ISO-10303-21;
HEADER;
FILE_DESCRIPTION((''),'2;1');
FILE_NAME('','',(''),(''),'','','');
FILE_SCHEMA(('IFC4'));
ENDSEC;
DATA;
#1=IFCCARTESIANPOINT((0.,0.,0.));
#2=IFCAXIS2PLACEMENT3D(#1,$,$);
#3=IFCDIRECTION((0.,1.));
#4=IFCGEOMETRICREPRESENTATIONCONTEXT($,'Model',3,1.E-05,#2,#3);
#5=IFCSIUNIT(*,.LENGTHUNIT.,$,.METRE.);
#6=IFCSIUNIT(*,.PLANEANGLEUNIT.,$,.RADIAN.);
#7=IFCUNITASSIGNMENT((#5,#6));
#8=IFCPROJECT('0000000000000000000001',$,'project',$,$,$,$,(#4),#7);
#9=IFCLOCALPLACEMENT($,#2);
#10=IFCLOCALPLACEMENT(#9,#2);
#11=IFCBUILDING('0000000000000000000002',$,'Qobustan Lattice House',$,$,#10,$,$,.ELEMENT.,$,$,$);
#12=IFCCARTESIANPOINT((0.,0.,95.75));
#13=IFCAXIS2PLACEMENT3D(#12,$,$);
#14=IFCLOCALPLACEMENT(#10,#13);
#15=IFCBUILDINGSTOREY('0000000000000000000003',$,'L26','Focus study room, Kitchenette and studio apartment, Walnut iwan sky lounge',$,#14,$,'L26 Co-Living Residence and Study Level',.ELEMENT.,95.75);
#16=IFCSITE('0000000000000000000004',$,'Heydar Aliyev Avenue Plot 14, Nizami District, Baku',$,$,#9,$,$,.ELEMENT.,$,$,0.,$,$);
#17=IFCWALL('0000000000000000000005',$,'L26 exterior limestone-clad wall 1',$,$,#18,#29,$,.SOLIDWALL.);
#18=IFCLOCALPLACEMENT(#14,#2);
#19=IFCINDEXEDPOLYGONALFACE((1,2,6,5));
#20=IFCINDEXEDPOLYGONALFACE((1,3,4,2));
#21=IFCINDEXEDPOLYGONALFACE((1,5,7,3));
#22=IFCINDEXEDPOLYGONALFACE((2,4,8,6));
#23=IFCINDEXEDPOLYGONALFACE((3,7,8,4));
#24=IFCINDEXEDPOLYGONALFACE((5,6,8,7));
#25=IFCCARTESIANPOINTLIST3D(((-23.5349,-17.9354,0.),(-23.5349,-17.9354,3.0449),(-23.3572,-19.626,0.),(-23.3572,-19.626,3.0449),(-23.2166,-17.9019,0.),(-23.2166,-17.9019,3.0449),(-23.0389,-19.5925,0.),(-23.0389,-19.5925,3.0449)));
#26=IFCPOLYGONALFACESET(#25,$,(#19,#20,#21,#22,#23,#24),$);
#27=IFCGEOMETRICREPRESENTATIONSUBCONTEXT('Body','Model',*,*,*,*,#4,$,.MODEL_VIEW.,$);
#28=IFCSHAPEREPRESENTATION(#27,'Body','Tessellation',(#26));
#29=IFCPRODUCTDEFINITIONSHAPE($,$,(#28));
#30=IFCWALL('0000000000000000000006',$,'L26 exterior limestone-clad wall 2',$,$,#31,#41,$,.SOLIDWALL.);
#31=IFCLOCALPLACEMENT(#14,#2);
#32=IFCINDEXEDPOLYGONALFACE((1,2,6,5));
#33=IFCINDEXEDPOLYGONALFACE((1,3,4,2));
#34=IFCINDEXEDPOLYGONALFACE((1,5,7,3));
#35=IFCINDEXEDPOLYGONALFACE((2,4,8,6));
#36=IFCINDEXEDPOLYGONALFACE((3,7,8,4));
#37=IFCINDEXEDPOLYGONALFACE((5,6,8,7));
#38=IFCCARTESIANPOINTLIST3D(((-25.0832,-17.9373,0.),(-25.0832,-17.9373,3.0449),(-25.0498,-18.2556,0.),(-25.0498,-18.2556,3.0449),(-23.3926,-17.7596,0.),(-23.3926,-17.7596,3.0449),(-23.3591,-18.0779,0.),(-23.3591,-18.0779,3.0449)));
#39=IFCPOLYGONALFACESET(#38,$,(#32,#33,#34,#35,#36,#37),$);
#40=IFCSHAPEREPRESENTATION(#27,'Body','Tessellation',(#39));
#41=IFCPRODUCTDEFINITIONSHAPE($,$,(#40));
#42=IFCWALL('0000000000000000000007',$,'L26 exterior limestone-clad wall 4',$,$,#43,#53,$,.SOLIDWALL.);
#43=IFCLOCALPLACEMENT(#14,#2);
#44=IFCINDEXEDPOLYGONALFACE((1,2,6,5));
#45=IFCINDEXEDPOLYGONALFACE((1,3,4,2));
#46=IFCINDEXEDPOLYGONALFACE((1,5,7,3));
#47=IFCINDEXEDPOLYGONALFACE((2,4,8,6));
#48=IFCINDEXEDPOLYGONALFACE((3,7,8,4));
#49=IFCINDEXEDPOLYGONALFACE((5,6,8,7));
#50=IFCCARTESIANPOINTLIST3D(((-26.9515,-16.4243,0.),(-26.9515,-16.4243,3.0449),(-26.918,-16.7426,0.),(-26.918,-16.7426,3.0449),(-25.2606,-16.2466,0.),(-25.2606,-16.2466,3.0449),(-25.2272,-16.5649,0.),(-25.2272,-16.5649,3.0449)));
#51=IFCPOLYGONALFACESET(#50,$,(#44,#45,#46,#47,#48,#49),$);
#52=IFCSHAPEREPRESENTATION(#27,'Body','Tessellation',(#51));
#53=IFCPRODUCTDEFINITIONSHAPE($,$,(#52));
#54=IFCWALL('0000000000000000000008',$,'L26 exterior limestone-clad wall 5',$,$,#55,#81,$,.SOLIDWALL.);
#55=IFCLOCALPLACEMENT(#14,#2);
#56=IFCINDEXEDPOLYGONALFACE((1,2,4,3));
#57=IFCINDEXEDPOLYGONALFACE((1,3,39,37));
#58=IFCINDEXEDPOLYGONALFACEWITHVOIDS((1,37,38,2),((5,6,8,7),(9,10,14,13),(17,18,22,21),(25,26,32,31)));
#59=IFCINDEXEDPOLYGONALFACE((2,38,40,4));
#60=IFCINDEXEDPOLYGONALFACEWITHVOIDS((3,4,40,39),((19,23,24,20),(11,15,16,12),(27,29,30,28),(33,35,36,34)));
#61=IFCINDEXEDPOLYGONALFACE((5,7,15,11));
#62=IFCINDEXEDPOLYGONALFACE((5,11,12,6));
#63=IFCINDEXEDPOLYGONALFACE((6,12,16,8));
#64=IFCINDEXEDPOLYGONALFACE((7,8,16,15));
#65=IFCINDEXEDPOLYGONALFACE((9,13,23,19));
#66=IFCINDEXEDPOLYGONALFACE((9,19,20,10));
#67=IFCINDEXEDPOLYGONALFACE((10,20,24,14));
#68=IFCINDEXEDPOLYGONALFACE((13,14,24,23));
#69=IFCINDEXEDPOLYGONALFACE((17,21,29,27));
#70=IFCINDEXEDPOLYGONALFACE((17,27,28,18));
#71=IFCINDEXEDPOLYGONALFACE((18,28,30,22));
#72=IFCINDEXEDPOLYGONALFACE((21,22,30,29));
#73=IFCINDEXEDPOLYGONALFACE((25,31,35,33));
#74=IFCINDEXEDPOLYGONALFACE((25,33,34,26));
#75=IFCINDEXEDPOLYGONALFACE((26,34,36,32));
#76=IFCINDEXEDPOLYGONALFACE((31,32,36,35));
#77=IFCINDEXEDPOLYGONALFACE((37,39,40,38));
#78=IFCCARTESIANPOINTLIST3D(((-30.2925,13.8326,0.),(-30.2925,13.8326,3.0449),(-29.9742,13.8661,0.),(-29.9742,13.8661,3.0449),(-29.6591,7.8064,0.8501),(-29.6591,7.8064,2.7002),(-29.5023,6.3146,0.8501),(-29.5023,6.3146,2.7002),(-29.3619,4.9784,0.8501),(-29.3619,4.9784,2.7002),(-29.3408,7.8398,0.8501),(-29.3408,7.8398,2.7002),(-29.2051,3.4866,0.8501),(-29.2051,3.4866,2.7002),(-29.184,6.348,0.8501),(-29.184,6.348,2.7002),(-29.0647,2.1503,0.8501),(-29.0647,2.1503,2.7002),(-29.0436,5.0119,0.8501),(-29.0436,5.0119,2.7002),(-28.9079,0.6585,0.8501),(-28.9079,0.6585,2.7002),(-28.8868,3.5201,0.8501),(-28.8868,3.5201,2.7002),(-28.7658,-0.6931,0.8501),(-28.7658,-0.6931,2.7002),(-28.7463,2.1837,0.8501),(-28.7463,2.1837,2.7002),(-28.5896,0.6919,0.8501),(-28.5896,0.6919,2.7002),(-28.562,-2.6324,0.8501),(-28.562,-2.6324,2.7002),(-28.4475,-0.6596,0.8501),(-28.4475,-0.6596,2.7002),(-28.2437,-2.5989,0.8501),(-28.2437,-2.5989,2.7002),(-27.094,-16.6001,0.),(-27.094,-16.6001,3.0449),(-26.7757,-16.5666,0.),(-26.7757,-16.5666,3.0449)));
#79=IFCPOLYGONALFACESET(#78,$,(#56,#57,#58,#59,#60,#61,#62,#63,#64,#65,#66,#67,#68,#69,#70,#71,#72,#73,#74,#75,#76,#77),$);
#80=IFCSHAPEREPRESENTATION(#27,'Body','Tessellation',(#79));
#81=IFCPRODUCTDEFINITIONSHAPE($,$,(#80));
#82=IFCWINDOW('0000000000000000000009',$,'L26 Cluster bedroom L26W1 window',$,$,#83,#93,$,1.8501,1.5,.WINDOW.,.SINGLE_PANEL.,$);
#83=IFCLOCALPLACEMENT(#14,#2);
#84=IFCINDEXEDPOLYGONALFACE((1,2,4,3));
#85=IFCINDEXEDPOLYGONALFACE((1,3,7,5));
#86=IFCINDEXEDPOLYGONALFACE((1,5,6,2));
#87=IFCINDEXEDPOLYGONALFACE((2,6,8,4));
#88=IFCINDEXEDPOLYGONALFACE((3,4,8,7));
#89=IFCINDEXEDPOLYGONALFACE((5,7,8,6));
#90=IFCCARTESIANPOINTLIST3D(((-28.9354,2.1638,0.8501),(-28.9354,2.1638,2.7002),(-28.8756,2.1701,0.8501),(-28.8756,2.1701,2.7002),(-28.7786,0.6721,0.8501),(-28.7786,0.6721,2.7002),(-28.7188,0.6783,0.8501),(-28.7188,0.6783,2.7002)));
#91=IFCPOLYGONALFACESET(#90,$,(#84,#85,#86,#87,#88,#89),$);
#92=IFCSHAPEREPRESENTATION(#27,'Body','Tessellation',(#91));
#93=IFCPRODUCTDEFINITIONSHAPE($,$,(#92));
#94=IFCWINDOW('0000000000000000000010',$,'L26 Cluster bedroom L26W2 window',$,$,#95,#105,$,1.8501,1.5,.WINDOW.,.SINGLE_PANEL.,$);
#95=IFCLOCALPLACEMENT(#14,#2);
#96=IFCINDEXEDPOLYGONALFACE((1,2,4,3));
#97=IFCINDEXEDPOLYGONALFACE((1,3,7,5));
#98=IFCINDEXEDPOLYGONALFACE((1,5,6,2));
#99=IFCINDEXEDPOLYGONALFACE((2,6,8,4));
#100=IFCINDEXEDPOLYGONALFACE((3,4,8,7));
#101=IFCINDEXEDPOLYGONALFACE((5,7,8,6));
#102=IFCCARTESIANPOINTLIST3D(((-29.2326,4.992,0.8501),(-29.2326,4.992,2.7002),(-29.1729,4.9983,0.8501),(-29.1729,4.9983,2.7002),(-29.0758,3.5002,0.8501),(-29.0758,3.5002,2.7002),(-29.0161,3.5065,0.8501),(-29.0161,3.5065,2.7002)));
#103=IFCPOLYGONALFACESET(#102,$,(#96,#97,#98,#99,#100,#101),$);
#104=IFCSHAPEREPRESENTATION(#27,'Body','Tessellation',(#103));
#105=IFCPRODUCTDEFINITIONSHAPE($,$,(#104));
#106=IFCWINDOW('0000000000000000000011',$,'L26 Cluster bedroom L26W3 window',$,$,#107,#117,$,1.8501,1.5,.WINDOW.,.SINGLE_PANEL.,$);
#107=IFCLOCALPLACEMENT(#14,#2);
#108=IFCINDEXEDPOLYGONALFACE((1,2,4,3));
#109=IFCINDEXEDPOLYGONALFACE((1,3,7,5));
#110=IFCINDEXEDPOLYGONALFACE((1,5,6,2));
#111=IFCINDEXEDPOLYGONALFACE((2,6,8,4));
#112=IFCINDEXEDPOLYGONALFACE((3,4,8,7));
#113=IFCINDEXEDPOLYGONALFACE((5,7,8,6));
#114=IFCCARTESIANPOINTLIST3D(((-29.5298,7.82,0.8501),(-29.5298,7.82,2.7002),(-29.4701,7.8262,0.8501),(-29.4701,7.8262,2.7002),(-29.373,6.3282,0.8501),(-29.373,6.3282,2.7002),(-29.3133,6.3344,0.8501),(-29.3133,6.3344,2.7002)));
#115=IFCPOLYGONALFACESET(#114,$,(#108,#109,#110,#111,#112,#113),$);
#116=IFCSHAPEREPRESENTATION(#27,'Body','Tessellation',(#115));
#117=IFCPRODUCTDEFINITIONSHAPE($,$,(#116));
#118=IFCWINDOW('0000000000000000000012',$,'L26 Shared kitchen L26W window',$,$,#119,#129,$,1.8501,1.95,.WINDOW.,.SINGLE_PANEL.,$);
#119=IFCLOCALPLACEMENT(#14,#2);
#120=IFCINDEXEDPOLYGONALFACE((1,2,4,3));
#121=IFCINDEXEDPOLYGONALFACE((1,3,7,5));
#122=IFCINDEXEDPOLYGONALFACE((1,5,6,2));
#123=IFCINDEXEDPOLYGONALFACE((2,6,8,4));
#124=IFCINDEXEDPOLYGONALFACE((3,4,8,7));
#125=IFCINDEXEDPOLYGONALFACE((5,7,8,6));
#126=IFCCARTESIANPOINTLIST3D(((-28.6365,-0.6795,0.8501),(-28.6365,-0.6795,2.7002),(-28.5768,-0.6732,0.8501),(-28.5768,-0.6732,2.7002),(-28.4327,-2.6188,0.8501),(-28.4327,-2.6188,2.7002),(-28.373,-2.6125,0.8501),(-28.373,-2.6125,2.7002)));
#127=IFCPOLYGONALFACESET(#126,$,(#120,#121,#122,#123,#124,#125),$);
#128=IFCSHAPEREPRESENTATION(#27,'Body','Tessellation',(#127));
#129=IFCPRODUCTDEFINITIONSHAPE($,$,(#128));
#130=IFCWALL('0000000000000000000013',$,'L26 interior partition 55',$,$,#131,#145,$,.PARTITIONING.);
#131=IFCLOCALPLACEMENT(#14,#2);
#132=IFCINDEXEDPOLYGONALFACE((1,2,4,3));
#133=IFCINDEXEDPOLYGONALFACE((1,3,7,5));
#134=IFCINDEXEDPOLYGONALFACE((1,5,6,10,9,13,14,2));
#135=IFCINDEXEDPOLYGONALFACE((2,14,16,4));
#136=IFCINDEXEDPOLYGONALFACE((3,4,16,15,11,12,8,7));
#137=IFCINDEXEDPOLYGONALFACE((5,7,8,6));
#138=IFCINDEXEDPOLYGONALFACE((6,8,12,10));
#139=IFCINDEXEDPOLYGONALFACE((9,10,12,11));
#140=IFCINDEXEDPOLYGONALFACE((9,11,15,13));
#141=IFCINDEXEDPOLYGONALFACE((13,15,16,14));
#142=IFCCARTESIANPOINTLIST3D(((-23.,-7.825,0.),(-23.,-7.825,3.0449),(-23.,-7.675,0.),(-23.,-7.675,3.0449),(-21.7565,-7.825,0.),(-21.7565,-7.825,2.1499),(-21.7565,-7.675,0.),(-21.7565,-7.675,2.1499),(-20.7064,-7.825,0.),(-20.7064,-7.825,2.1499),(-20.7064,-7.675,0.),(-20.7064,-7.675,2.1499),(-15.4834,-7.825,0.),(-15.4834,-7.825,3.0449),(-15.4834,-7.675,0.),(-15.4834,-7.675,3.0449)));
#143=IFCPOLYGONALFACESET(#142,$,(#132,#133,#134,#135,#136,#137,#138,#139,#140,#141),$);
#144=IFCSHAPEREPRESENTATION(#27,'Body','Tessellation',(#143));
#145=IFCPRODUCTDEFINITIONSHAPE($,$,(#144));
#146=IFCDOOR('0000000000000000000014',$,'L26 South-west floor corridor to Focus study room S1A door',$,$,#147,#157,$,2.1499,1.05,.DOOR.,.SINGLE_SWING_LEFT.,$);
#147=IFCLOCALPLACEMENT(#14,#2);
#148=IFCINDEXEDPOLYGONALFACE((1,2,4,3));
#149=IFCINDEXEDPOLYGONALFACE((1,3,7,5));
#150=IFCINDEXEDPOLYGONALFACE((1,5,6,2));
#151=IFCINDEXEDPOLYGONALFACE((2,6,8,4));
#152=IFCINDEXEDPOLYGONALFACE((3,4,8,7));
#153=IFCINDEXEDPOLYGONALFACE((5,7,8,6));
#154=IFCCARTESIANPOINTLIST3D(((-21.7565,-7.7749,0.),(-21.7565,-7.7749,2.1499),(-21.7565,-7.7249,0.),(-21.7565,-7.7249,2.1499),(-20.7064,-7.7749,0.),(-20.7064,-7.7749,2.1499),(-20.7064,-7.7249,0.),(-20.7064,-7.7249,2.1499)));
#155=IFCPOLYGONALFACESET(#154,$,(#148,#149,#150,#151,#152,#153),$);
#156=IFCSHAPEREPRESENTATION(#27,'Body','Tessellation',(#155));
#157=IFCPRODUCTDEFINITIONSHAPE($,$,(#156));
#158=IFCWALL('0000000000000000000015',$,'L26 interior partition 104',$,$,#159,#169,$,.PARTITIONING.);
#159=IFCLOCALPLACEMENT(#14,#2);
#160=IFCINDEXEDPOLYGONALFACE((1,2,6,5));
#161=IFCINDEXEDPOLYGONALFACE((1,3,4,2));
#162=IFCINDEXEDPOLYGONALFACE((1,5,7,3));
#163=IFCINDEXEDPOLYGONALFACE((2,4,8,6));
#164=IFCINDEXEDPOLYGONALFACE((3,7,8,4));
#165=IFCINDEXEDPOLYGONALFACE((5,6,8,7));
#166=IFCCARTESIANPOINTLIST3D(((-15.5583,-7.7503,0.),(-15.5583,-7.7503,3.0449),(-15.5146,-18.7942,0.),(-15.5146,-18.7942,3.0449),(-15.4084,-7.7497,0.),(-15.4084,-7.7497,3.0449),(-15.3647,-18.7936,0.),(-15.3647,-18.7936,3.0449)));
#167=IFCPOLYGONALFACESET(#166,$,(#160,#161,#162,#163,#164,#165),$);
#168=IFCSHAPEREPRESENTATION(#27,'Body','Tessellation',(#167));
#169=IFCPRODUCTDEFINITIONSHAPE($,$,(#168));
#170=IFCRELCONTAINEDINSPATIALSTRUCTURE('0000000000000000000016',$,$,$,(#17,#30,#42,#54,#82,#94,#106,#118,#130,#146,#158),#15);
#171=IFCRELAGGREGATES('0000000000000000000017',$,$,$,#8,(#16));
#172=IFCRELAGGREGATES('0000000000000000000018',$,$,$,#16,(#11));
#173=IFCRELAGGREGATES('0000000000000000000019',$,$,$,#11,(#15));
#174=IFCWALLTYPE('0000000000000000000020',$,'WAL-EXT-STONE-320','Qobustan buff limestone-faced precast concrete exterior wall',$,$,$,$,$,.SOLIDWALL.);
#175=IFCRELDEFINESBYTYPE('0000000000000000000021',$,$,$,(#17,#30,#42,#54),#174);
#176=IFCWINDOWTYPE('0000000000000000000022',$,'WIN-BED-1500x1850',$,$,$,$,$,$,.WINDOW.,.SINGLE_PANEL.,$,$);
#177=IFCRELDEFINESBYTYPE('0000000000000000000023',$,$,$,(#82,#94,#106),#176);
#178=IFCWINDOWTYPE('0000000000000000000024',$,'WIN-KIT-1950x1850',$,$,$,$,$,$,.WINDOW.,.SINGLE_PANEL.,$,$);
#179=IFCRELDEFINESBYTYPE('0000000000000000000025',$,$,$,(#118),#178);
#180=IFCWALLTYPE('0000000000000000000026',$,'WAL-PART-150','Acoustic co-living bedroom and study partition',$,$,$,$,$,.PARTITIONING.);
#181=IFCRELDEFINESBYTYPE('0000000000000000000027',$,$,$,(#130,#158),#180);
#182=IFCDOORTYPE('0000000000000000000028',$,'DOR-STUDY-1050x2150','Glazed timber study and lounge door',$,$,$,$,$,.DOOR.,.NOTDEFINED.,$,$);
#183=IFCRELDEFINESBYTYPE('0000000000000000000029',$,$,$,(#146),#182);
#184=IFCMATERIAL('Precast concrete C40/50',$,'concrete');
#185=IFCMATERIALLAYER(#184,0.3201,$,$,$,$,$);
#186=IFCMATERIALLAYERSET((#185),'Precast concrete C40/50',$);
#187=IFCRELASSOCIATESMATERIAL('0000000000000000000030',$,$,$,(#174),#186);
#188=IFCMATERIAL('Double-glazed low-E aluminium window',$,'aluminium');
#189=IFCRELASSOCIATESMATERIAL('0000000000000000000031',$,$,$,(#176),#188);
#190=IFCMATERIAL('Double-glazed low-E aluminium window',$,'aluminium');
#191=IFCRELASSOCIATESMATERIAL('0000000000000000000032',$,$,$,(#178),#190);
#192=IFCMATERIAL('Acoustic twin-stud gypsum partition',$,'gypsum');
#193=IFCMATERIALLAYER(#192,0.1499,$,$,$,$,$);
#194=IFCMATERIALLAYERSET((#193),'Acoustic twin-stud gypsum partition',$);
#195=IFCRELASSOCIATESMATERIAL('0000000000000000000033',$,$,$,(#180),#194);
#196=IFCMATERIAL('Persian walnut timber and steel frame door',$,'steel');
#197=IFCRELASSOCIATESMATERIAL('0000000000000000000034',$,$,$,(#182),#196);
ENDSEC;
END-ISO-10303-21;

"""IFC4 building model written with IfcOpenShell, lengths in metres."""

from ifc_helpers import new_model, si_unit, direction, frame, frame_2d, origin, place, context, subcontext, project, spatial, rectangle, extrude, material, layer, layer_set, type_object, element, fill, save


model = new_model("IFC4")

# Units and contexts
model_context = context("Model", 3, precision=1e-05, world=origin(), true_north=direction((0.0, 1.0)))
body_context = subcontext(model_context, "Body", "Model", "MODEL_VIEW")
ifc_project = project(units=[si_unit("LENGTHUNIT", "METRE"), si_unit("PLANEANGLEUNIT", "RADIAN")], contexts=[model_context])

# Site, building, storey
site_placement = place(None, origin())
site = spatial("IfcSite", under=ifc_project, at=site_placement, Name="Heydar Aliyev Avenue Plot 14, Nizami District, Baku", CompositionType="ELEMENT", RefElevation=0.0)
building_placement = place(site_placement, origin())
building = spatial("IfcBuilding", under=site, at=building_placement, Name="Qobustan Lattice House", CompositionType="ELEMENT")
storey_placement = place(building_placement, frame((0.0, 0.0, 95.75)))
storey = spatial("IfcBuildingStorey", under=building, at=storey_placement, Name="L26", Description="Focus study room, Kitchenette and studio apartment, Walnut iwan sky lounge", LongName="L26 Co-Living Residence and Study Level", CompositionType="ELEMENT", Elevation=95.75)

# Walls
ifc_material_1 = material(Name="Precast concrete C40/50", Category="concrete")
ifc_layer_1 = layer(ifc_material_1, 0.3201)
ifc_layer_set_1 = layer_set([ifc_layer_1], Name="Precast concrete C40/50")
wall_type_1 = type_object("IfcWallType", Name="WAL-EXT-STONE-320", Description="Qobustan buff limestone-faced precast concrete exterior wall", PredefinedType="SOLIDWALL", material=ifc_layer_set_1)
for number, where, z_axis, x_axis, name in (
    (1, (-23.198, -19.6094, 0.0), (0.0, 0.0, 1.0), (-0.10455, 0.99452, 0.0), "L26 exterior limestone-clad wall 1"),
    (2, (-23.3757, -17.9187, 0.0), (0.0, 0.0, 1.0), (-0.99452, -0.10455, 0.0), "L26 exterior limestone-clad wall 2"),
):
    element("IfcWall", number, at=place(storey_placement, frame(where, z_axis=z_axis, x_axis=x_axis)), inside=storey, type_object=wall_type_1, Name=name, PredefinedType="SOLIDWALL", context=body_context, shape_type="SweptSolid", body=[
        extrude(rectangle(XDim=1.7, YDim=0.3201, at=frame_2d((0.8501, 0.0))), origin(), (0.0, 0.0, 1.0), 3.0449),
    ])
wall_1_placement = place(storey_placement, frame((-25.2439, -16.4058, 0.0), z_axis=(0.0, 0.0, 1.0), x_axis=(-0.994521, -0.104535, 0.0)))
element("IfcWall", 3, at=wall_1_placement, inside=storey, type_object=wall_type_1, Name="L26 exterior limestone-clad wall 4", PredefinedType="SOLIDWALL", context=body_context, shape_type="SweptSolid", body=[
    extrude(rectangle(XDim=1.7002, YDim=0.3201, at=frame_2d((0.8501, 0.0))), origin(), (0.0, 0.0, 1.0), 3.0449),
])

# Wall, openings, windows
wall_2_placement = place(storey_placement, frame((-26.9348, -16.5835, 0.0), z_axis=(0.0, 0.0, 1.0), x_axis=(-0.104525, 0.994522, 0.0)))
wall_2 = element("IfcWall", 4, at=wall_2_placement, inside=storey, type_object=wall_type_1, Name="L26 exterior limestone-clad wall 5", PredefinedType="SOLIDWALL", context=body_context, shape_type="SweptSolid", body=[
    extrude(rectangle(XDim=30.6003, YDim=0.3201, at=frame_2d((15.3003, 0.0))), origin(), (0.0, 0.0, 1.0), 3.0449),
])
opening_1_placement = place(wall_2_placement, frame((14.0447, 0.0, 0.8501)))
opening_1 = element("IfcOpeningElement", 5, at=opening_1_placement, cuts=wall_2, PredefinedType="OPENING", context=body_context, shape_type="SweptSolid", body=[
    extrude(rectangle(XDim=1.95, YDim=1.8501, at=frame_2d((0.9751, 0.925))), frame((0.0, 0.1699, 0.0), z_axis=(0.0, -1.0, 0.0), x_axis=(1.0, 0.0, 0.0)), (0.0, 0.0, 1.0), 0.3401),
])
opening_2_placement = place(wall_2_placement, frame((17.3538, 0.0, 0.8501)))
opening_2 = element("IfcOpeningElement", 6, at=opening_2_placement, cuts=wall_2, PredefinedType="OPENING", context=body_context, shape_type="SweptSolid", body=[
    extrude(rectangle(XDim=1.5, YDim=1.8501, at=frame_2d((0.75, 0.925))), frame((0.0, 0.1699, 0.0), z_axis=(0.0, -1.0, 0.0), x_axis=(1.0, 0.0, 0.0)), (0.0, 0.0, 1.0), 0.3401),
])
opening_3_placement = place(wall_2_placement, frame((20.1975, 0.0, 0.8501)))
opening_3 = element("IfcOpeningElement", 7, at=opening_3_placement, cuts=wall_2, PredefinedType="OPENING", context=body_context, shape_type="SweptSolid", body=[
    extrude(rectangle(XDim=1.5, YDim=1.8501, at=frame_2d((0.75, 0.925))), frame((0.0, 0.1699, 0.0), z_axis=(0.0, -1.0, 0.0), x_axis=(1.0, 0.0, 0.0)), (0.0, 0.0, 1.0), 0.3401),
])
opening_4_placement = place(wall_2_placement, frame((23.041, 0.0, 0.8501)))
opening_4 = element("IfcOpeningElement", 8, at=opening_4_placement, cuts=wall_2, PredefinedType="OPENING", context=body_context, shape_type="SweptSolid", body=[
    extrude(rectangle(XDim=1.5, YDim=1.8501, at=frame_2d((0.75, 0.925))), frame((0.0, 0.1699, 0.0), z_axis=(0.0, -1.0, 0.0), x_axis=(1.0, 0.0, 0.0)), (0.0, 0.0, 1.0), 0.3401),
])
ifc_material_2 = material(Name="Double-glazed low-E aluminium window", Category="aluminium")
window_type_1 = type_object("IfcWindowType", Name="WIN-BED-1500x1850", PartitioningType="SINGLE_PANEL", PredefinedType="WINDOW", material=ifc_material_2)
window_1_placement = place(opening_2_placement, origin())
window_1 = element("IfcWindow", 9, at=window_1_placement, inside=storey, type_object=window_type_1, Name="L26 Cluster bedroom L26W1 window", OverallHeight=1.8501, OverallWidth=1.5, PartitioningType="SINGLE_PANEL", PredefinedType="WINDOW", context=body_context, shape_type="SweptSolid", body=[
    extrude(rectangle(XDim=1.5, YDim=1.8501, at=frame_2d((0.75, 0.925))), frame((0.0, 0.03, 0.0), z_axis=(0.0, -1.0, 0.0), x_axis=(1.0, 0.0, 0.0)), (0.0, 0.0, 1.0), 0.0601),
])
fill(opening_2, window_1)
window_2_placement = place(opening_3_placement, origin())
window_2 = element("IfcWindow", 10, at=window_2_placement, inside=storey, type_object=window_type_1, Name="L26 Cluster bedroom L26W2 window", OverallHeight=1.8501, OverallWidth=1.5, PartitioningType="SINGLE_PANEL", PredefinedType="WINDOW", context=body_context, shape_type="SweptSolid", body=[
    extrude(rectangle(XDim=1.5, YDim=1.8501, at=frame_2d((0.75, 0.925))), frame((0.0, 0.03, 0.0), z_axis=(0.0, -1.0, 0.0), x_axis=(1.0, 0.0, 0.0)), (0.0, 0.0, 1.0), 0.0601),
])
fill(opening_3, window_2)
window_3_placement = place(opening_4_placement, origin())
window_3 = element("IfcWindow", 11, at=window_3_placement, inside=storey, type_object=window_type_1, Name="L26 Cluster bedroom L26W3 window", OverallHeight=1.8501, OverallWidth=1.5, PartitioningType="SINGLE_PANEL", PredefinedType="WINDOW", context=body_context, shape_type="SweptSolid", body=[
    extrude(rectangle(XDim=1.5, YDim=1.8501, at=frame_2d((0.75, 0.925))), frame((0.0, 0.03, 0.0), z_axis=(0.0, -1.0, 0.0), x_axis=(1.0, 0.0, 0.0)), (0.0, 0.0, 1.0), 0.0601),
])
fill(opening_4, window_3)
ifc_material_3 = material(Name="Double-glazed low-E aluminium window", Category="aluminium")
window_type_2 = type_object("IfcWindowType", Name="WIN-KIT-1950x1850", PartitioningType="SINGLE_PANEL", PredefinedType="WINDOW", material=ifc_material_3)
window_4_placement = place(opening_1_placement, origin())
window_4 = element("IfcWindow", 12, at=window_4_placement, inside=storey, type_object=window_type_2, Name="L26 Shared kitchen L26W window", OverallHeight=1.8501, OverallWidth=1.95, PartitioningType="SINGLE_PANEL", PredefinedType="WINDOW", context=body_context, shape_type="SweptSolid", body=[
    extrude(rectangle(XDim=1.95, YDim=1.8501, at=frame_2d((0.9751, 0.925))), frame((0.0, 0.03, 0.0), z_axis=(0.0, -1.0, 0.0), x_axis=(1.0, 0.0, 0.0)), (0.0, 0.0, 1.0), 0.0601),
])
fill(opening_1, window_4)

# Wall, opening, door
ifc_material_4 = material(Name="Acoustic twin-stud gypsum partition", Category="gypsum")
ifc_layer_2 = layer(ifc_material_4, 0.1499)
ifc_layer_set_2 = layer_set([ifc_layer_2], Name="Acoustic twin-stud gypsum partition")
wall_type_2 = type_object("IfcWallType", Name="WAL-PART-150", Description="Acoustic co-living bedroom and study partition", PredefinedType="PARTITIONING", material=ifc_layer_set_2)
wall_3_placement = place(storey_placement, frame((-15.4834, -7.75, 0.0), z_axis=(0.0, 0.0, 1.0), x_axis=(-1.0, 0.0, 0.0)))
wall_3 = element("IfcWall", 13, at=wall_3_placement, inside=storey, type_object=wall_type_2, Name="L26 interior partition 55", PredefinedType="PARTITIONING", context=body_context, shape_type="SweptSolid", body=[
    extrude(rectangle(XDim=7.5166, YDim=0.1499, at=frame_2d((3.7583, 0.0))), origin(), (0.0, 0.0, 1.0), 3.0449),
])
opening_5_placement = place(wall_3_placement, frame((5.2231, 0.0, 0.0)))
opening_5 = element("IfcOpeningElement", 14, at=opening_5_placement, cuts=wall_3, PredefinedType="OPENING", context=body_context, shape_type="SweptSolid", body=[
    extrude(rectangle(XDim=1.05, YDim=2.1499, at=frame_2d((0.5249, 1.075))), frame((0.0, 0.085, 0.0), z_axis=(0.0, -1.0, 0.0), x_axis=(1.0, 0.0, 0.0)), (0.0, 0.0, 1.0), 0.1699),
])
ifc_material_5 = material(Name="Persian walnut timber and steel frame door", Category="steel")
door_type = type_object("IfcDoorType", Name="DOR-STUDY-1050x2150", Description="Glazed timber study and lounge door", OperationType="NOTDEFINED", PredefinedType="DOOR", material=ifc_material_5)
door_placement = place(opening_5_placement, origin())
door = element("IfcDoor", 15, at=door_placement, inside=storey, type_object=door_type, Name="L26 South-west floor corridor to Focus study room S1A door", OperationType="SINGLE_SWING_LEFT", OverallHeight=2.1499, OverallWidth=1.05, PredefinedType="DOOR", context=body_context, shape_type="SweptSolid", body=[
    extrude(rectangle(XDim=1.05, YDim=2.1499, at=frame_2d((0.5249, 1.075))), frame((0.0, 0.0249, 0.0), z_axis=(0.0, -1.0, 0.0), x_axis=(1.0, 0.0, 0.0)), (0.0, 0.0, 1.0), 0.05),
])
fill(opening_5, door)

# Wall
wall_4_placement = place(storey_placement, frame((-15.4834, -7.75, 0.0), z_axis=(0.0, 0.0, 1.0), x_axis=(0.003957, -0.999992, 0.0)))
element("IfcWall", 16, at=wall_4_placement, inside=storey, type_object=wall_type_2, Name="L26 interior partition 104", PredefinedType="PARTITIONING", context=body_context, shape_type="SweptSolid", body=[
    extrude(rectangle(XDim=11.0439, YDim=0.1499, at=frame_2d((5.522, 0.0))), origin(), (0.0, 0.0, 1.0), 3.0449),
])

save(model, "model.ifc")
